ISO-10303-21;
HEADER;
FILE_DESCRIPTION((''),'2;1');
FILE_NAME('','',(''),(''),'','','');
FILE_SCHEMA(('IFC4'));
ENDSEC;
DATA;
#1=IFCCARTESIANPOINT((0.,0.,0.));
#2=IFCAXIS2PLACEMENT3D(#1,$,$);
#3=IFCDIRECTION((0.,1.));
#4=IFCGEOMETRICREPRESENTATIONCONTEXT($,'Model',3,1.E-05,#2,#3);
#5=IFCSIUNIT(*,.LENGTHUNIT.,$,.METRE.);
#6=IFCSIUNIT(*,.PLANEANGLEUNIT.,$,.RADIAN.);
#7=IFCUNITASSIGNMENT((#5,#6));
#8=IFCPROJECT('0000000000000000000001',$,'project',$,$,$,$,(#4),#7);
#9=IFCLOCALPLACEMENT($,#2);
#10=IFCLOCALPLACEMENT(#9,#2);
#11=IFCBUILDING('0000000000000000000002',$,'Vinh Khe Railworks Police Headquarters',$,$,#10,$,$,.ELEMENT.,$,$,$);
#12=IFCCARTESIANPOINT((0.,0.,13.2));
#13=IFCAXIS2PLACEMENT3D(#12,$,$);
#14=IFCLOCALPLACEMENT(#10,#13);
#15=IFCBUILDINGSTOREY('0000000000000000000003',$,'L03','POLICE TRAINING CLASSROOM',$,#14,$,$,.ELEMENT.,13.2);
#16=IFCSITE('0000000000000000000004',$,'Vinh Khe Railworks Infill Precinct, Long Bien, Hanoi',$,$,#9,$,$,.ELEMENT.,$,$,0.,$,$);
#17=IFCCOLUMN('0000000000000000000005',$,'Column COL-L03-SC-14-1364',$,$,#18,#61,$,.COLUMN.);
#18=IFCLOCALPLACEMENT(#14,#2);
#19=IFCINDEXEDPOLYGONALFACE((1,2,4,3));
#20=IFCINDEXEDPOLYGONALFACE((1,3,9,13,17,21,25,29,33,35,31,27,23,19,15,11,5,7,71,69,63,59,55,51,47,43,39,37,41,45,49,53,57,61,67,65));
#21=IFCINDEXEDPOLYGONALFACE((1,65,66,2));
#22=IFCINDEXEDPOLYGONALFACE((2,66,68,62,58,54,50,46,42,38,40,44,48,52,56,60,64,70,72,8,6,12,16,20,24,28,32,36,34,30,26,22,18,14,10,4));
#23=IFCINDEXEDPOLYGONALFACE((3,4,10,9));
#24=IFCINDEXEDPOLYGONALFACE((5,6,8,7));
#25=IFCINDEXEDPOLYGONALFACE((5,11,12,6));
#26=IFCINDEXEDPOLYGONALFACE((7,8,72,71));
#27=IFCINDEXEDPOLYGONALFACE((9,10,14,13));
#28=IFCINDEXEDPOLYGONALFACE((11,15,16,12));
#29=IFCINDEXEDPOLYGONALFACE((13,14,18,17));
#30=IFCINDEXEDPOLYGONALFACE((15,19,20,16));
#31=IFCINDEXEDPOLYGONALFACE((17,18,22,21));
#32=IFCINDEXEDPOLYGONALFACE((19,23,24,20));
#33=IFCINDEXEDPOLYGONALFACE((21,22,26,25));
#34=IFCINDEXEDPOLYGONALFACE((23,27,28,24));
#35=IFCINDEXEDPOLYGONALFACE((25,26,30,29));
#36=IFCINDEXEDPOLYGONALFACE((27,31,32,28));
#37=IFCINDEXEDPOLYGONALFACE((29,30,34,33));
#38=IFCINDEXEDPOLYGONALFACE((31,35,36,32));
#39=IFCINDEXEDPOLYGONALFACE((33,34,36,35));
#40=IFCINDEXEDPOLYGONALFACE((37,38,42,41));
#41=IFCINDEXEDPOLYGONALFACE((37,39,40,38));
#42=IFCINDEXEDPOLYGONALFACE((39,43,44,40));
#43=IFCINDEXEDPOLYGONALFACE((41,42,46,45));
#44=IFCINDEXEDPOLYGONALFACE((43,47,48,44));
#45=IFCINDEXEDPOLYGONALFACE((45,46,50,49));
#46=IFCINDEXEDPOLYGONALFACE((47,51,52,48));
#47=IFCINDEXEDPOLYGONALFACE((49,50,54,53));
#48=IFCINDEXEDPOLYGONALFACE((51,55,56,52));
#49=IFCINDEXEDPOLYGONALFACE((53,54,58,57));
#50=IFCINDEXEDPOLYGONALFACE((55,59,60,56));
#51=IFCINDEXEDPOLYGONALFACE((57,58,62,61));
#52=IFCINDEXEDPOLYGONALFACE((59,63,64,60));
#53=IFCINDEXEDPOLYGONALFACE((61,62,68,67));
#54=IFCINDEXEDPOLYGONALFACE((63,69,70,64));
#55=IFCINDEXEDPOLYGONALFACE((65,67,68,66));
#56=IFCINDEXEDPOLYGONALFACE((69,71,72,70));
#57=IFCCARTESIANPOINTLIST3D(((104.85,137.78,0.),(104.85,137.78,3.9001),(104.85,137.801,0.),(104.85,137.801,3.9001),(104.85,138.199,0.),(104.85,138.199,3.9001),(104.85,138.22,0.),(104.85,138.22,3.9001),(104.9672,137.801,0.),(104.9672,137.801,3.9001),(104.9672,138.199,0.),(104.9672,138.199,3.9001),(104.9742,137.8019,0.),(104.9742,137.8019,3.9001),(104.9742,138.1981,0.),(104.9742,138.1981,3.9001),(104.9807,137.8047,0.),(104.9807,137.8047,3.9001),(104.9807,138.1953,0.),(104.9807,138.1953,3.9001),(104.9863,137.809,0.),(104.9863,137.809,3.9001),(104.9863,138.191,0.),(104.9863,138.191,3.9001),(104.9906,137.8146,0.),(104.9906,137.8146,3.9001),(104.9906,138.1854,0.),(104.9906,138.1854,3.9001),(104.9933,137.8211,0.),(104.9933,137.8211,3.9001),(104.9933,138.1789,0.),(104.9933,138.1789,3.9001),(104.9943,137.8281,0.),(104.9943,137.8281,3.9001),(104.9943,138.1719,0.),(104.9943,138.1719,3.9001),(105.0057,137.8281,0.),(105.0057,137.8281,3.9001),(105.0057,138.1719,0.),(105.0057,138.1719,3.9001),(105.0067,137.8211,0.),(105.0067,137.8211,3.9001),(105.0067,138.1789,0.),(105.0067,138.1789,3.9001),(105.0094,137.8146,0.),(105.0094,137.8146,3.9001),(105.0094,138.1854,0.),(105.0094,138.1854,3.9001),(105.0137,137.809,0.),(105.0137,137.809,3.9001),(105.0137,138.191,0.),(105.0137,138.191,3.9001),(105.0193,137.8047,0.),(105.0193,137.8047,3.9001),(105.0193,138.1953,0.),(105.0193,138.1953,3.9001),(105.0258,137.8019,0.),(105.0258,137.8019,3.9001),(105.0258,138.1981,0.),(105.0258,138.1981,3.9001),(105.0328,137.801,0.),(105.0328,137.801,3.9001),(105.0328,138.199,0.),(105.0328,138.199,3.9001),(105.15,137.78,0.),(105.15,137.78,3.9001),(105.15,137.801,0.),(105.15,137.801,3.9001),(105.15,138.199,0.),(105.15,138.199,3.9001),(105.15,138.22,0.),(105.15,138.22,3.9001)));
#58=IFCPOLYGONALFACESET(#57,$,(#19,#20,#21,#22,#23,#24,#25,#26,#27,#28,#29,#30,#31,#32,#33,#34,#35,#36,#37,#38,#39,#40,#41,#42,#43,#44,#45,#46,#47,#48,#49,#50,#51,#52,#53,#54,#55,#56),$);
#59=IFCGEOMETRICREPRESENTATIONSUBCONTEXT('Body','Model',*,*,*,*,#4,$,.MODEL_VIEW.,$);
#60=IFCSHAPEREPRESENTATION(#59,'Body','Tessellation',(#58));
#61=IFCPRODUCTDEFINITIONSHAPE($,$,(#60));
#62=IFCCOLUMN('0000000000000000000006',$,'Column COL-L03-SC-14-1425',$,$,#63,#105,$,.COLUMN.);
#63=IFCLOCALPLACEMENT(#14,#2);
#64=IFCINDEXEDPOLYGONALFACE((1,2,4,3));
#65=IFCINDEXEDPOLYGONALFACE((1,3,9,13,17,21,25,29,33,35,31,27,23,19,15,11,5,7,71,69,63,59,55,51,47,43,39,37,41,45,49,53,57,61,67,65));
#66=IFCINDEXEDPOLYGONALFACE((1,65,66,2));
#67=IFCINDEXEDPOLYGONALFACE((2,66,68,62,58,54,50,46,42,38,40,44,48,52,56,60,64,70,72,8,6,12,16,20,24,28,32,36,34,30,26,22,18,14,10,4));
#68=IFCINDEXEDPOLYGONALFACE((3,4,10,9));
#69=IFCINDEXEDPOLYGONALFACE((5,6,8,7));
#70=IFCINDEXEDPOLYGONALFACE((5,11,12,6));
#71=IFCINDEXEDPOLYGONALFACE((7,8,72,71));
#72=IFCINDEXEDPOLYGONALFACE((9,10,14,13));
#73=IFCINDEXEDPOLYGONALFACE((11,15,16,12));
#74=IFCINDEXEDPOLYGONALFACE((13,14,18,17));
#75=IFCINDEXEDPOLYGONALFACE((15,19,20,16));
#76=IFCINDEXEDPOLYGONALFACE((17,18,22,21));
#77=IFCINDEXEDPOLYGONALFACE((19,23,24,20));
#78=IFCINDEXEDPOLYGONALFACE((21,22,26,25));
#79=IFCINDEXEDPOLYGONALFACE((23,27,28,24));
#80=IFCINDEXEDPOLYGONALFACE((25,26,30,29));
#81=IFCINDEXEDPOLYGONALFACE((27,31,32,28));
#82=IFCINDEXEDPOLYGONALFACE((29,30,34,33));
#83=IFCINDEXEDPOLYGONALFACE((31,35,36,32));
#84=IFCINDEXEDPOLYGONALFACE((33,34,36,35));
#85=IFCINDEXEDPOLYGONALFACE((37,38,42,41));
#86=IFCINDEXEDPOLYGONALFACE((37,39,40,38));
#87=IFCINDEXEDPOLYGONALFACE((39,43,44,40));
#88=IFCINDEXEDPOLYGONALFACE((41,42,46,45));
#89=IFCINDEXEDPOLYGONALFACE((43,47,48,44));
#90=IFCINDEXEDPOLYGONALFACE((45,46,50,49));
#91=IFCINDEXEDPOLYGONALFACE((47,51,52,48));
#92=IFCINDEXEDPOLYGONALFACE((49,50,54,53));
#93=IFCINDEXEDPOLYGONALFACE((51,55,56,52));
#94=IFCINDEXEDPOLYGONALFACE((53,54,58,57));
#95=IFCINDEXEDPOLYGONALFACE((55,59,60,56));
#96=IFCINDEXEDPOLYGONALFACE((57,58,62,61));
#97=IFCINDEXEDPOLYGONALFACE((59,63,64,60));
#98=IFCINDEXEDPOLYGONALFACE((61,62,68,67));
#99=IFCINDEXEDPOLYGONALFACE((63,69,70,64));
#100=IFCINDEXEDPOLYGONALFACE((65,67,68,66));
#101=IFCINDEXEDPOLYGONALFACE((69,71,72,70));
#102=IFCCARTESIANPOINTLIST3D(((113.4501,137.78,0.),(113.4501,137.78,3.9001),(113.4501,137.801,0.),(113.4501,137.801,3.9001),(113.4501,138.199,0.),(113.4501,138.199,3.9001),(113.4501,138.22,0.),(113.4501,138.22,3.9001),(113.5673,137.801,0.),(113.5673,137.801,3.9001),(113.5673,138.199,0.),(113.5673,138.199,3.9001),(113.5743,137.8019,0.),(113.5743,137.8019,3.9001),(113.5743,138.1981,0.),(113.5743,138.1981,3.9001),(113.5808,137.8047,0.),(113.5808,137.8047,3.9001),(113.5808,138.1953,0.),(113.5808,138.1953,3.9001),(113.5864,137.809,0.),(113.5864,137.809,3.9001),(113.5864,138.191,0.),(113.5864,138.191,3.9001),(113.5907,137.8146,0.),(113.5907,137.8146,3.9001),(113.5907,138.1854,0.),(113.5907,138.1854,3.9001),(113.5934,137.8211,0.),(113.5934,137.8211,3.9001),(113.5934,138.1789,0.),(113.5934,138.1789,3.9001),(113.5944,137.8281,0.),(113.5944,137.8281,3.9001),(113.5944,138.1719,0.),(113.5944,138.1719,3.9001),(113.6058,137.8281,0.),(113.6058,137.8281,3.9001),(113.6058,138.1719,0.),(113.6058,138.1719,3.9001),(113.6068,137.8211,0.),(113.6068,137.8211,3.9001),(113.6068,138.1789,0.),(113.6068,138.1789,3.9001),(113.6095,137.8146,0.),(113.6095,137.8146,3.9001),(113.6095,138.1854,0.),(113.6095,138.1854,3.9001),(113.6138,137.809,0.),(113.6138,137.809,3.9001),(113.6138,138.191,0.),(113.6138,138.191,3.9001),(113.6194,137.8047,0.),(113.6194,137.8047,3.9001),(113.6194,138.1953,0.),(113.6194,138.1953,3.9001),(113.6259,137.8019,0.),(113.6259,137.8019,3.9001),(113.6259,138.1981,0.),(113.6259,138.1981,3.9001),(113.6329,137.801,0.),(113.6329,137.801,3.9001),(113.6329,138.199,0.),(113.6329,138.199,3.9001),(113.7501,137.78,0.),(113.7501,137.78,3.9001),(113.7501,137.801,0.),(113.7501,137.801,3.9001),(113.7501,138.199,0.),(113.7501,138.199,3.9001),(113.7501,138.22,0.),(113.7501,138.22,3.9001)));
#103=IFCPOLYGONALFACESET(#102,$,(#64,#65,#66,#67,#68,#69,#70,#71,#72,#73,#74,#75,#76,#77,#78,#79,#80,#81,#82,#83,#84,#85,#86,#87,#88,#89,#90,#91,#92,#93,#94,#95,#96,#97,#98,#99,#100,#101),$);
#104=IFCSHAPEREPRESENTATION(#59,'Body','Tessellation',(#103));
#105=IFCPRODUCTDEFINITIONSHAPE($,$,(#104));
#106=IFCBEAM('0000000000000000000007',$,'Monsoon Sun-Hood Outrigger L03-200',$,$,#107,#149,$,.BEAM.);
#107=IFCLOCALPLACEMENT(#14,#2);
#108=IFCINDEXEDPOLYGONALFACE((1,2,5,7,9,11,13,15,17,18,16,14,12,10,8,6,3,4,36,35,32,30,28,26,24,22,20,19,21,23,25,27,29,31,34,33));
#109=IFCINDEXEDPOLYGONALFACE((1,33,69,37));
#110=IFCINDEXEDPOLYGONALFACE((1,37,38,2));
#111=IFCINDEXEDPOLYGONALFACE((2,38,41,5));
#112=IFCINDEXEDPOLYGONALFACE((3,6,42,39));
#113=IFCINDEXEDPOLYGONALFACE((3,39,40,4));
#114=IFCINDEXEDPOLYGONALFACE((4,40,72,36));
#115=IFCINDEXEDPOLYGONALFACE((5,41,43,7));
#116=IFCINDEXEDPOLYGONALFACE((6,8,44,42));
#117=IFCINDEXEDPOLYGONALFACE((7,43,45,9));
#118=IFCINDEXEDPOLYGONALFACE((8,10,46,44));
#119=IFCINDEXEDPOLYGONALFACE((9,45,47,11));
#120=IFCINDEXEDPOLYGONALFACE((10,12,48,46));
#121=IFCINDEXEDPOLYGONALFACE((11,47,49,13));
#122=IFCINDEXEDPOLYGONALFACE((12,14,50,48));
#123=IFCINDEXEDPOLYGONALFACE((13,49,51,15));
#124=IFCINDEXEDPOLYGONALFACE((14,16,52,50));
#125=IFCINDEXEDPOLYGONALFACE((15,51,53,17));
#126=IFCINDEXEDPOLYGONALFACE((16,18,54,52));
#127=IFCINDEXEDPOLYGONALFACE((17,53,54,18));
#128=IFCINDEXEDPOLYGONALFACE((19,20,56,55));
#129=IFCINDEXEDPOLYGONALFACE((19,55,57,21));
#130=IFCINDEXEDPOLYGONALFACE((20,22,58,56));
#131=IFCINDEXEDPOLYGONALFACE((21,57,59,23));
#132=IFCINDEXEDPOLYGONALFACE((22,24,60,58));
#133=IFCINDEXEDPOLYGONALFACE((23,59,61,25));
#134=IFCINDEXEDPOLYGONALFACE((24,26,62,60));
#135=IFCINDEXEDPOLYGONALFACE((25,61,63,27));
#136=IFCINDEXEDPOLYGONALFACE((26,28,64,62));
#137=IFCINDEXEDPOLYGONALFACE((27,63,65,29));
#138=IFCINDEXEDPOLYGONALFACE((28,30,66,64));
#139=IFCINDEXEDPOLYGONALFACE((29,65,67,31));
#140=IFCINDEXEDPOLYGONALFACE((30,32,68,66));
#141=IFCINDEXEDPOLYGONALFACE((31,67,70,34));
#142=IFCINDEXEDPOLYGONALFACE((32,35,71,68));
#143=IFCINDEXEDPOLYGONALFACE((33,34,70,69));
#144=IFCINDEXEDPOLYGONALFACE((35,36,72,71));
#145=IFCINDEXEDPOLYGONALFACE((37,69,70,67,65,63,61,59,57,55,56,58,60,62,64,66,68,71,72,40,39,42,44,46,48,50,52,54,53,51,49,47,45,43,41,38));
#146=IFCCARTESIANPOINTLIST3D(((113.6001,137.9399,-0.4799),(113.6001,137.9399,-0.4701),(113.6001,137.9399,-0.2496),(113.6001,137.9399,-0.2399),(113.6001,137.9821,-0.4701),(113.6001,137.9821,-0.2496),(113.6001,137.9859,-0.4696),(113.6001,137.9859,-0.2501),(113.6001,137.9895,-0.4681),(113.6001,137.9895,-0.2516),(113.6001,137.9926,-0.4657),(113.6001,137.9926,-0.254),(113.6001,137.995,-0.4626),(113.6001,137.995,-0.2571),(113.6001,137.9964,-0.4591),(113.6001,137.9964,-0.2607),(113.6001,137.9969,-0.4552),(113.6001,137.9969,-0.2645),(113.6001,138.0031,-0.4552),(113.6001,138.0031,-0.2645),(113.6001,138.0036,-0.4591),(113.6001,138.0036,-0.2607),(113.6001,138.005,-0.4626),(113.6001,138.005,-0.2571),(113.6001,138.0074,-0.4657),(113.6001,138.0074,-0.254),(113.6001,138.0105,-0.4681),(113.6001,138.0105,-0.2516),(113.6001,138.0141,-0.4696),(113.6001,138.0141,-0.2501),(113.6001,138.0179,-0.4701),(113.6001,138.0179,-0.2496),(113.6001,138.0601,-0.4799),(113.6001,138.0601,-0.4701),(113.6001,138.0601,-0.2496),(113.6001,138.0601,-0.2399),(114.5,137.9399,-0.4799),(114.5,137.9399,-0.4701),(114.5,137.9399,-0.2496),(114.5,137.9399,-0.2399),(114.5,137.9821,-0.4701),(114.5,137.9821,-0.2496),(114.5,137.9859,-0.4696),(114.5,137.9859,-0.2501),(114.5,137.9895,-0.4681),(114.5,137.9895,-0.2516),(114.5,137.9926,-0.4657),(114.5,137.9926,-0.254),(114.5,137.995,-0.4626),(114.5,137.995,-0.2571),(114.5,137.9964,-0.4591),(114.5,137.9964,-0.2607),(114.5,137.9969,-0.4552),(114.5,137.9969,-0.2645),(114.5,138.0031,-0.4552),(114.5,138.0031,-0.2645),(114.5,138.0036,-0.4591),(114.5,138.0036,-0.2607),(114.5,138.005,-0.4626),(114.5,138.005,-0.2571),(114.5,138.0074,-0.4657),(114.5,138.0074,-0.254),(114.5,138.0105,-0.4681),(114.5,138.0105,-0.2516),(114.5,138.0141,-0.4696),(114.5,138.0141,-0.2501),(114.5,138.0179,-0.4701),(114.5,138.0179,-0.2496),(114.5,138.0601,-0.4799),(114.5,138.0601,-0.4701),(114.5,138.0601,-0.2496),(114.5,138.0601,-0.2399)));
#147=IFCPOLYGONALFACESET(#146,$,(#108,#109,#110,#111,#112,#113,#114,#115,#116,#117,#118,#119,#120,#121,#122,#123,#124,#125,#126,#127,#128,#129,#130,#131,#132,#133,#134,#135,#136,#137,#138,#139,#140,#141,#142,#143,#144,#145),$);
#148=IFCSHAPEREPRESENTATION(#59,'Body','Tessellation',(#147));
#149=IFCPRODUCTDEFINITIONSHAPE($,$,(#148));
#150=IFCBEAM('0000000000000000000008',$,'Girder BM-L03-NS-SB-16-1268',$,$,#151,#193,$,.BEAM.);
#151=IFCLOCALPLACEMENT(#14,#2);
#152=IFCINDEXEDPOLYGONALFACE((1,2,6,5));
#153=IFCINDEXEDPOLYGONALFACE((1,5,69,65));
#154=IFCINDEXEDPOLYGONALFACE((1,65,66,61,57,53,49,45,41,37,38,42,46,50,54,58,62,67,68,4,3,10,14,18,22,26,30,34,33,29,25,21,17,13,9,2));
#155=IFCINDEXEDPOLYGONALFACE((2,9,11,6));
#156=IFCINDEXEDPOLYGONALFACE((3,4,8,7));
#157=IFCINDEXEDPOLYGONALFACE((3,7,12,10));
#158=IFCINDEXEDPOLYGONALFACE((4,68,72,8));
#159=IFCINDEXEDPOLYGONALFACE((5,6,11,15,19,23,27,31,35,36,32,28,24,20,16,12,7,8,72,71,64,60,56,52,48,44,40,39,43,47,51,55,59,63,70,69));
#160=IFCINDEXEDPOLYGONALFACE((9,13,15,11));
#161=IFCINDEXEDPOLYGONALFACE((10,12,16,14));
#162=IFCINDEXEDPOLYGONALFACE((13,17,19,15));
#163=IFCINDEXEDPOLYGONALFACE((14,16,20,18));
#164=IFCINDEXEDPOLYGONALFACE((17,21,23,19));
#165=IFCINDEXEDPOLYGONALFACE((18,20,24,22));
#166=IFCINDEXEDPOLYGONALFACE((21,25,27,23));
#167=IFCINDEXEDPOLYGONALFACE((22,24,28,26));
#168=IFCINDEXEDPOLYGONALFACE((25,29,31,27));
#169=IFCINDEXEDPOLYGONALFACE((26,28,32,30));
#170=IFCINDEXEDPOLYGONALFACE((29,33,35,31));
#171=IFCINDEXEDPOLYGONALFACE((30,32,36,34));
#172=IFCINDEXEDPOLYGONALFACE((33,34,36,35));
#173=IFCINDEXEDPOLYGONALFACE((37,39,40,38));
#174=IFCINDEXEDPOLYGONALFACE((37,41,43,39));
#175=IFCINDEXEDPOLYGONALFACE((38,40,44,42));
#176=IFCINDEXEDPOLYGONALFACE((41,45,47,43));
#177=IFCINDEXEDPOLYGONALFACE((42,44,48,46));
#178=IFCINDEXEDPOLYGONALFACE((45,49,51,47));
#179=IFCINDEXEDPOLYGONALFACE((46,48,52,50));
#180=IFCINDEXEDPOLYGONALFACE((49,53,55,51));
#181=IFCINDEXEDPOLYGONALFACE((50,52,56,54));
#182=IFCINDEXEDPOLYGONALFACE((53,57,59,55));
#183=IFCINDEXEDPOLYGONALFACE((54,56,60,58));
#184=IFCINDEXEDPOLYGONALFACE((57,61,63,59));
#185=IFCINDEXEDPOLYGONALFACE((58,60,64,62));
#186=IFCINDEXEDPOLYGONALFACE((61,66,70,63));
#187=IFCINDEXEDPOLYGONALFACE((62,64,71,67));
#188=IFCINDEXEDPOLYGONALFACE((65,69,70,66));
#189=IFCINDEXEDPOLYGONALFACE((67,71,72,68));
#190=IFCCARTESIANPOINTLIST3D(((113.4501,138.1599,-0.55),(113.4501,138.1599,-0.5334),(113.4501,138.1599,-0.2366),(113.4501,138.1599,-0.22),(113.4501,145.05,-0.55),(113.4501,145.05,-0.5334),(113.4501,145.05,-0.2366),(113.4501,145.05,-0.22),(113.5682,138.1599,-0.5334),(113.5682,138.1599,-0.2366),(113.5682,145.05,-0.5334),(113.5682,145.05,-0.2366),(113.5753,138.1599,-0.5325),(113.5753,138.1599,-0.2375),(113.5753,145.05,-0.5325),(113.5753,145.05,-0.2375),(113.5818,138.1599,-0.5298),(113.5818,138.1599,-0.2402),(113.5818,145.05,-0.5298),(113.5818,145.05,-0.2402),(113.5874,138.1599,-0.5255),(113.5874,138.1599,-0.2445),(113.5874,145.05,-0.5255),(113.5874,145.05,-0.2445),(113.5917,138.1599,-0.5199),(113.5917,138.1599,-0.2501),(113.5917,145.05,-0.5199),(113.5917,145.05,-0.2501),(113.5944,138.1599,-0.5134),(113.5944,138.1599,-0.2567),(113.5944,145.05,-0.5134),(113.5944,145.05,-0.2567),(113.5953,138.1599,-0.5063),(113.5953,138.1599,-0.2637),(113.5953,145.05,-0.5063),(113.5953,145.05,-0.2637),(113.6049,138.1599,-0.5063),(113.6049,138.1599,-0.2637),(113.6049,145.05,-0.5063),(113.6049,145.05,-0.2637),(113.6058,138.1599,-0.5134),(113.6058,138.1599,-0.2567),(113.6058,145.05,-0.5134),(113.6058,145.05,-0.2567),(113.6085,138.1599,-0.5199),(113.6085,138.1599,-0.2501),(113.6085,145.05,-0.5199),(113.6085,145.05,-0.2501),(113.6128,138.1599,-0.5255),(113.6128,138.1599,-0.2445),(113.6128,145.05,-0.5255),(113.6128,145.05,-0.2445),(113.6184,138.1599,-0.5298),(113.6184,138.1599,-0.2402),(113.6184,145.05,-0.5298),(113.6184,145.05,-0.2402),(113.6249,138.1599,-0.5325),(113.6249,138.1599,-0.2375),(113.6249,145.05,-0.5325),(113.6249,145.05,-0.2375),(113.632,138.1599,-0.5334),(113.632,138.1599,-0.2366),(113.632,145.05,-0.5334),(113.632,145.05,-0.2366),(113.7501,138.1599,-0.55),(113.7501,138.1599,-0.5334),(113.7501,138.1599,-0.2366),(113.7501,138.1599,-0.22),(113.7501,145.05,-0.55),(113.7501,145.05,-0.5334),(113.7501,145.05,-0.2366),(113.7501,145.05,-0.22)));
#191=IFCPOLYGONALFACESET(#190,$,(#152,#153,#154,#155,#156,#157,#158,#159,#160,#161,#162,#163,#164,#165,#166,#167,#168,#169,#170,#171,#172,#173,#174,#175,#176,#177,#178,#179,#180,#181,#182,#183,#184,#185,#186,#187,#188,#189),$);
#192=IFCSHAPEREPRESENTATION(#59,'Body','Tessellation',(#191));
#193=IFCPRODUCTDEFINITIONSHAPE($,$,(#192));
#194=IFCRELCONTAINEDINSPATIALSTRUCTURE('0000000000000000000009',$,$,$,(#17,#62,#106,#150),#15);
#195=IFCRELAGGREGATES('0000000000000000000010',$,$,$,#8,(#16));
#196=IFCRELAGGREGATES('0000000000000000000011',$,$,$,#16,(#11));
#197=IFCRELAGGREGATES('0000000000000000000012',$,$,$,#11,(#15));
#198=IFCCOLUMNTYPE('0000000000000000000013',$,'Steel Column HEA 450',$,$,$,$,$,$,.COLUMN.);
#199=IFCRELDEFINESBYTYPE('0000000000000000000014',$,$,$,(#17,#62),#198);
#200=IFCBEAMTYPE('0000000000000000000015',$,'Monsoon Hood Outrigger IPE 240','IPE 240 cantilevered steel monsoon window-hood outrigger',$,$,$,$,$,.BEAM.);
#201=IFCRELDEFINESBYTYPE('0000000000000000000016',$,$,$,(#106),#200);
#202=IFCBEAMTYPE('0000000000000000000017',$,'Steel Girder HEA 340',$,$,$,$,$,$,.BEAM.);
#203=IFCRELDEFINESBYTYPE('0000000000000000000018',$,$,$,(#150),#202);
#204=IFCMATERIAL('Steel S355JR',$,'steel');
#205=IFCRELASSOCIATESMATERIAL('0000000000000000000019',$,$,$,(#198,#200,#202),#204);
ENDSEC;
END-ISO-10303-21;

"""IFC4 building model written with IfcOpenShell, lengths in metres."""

from ifc_helpers import new_model, si_unit, direction, frame, origin, origin_2d, place, context, subcontext, project, spatial, i_section, extrude, material, material_profile, profile_set, type_object, element, save


model = new_model("IFC4")

# Units and contexts
model_context = context("Model", 3, precision=1e-05, world=origin(), true_north=direction((0.0, 1.0)))
body_context = subcontext(model_context, "Body", "Model", "MODEL_VIEW")
ifc_project = project(units=[si_unit("LENGTHUNIT", "METRE"), si_unit("PLANEANGLEUNIT", "RADIAN")], contexts=[model_context])

# Site, building, storey
site_placement = place(None, origin())
site = spatial("IfcSite", under=ifc_project, at=site_placement, Name="Vinh Khe Railworks Infill Precinct, Long Bien, Hanoi", CompositionType="ELEMENT", RefElevation=0.0)
building_placement = place(site_placement, origin())
building = spatial("IfcBuilding", under=site, at=building_placement, Name="Vinh Khe Railworks Police Headquarters", CompositionType="ELEMENT")
storey_placement = place(building_placement, frame((0.0, 0.0, 13.2)))
storey = spatial("IfcBuildingStorey", under=building, at=storey_placement, Name="L03", Description="POLICE TRAINING CLASSROOM", CompositionType="ELEMENT", Elevation=13.2)

# Columns
ifc_material_1 = material(Name="Steel S355JR", Category="steel")
ifc_material_profile_1 = material_profile(ifc_material_1, i_section(OverallWidth=0.3, OverallDepth=0.4399, WebThickness=0.0115, FlangeThickness=0.021, FilletRadius=0.0271, at=origin_2d()), Name="HEA 450")
ifc_profile_set_1 = profile_set([ifc_material_profile_1], Name="Steel S355JR")
column_type = type_object("IfcColumnType", Name="Steel Column HEA 450", PredefinedType="COLUMN", material=ifc_profile_set_1)
for number, where, z_axis, x_axis, name in (
    (1, (105.0, 138.0, 0.0), (0.0, 0.0, 1.0), (1.0, 0.0, 0.0), "Column COL-L03-SC-14-1364"),
    (2, (113.6001, 138.0, 0.0), (0.0, 0.0, 1.0), (1.0, 0.0, 0.0), "Column COL-L03-SC-14-1425"),
):
    element("IfcColumn", number, at=place(storey_placement, frame(where, z_axis=z_axis, x_axis=x_axis)), inside=storey, type_object=column_type, Name=name, PredefinedType="COLUMN", context=body_context, shape_type="SweptSolid", body=[
        extrude(i_section(OverallWidth=0.3, OverallDepth=0.4399, WebThickness=0.0115, FlangeThickness=0.021, FilletRadius=0.0271, at=origin_2d()), origin(), (0.0, 0.0, 1.0), 3.9001),
    ])

# Beams
ifc_material_profile_2 = material_profile(ifc_material_1, i_section(OverallWidth=0.1201, OverallDepth=0.24, WebThickness=0.0061, FlangeThickness=0.0098, FilletRadius=0.0149, at=origin_2d()), Name="IPE 240")
ifc_profile_set_2 = profile_set([ifc_material_profile_2], Name="Steel S355JR")
beam_type_1 = type_object("IfcBeamType", Name="Monsoon Hood Outrigger IPE 240", Description="IPE 240 cantilevered steel monsoon window-hood outrigger", PredefinedType="BEAM", material=ifc_profile_set_2)
beam_1_placement = place(storey_placement, frame((113.6001, 138.0, -0.3599), z_axis=(1.0, 0.0, 0.0), x_axis=(0.0, 1.0, 0.0)))
element("IfcBeam", 3, at=beam_1_placement, inside=storey, type_object=beam_type_1, Name="Monsoon Sun-Hood Outrigger L03-200", PredefinedType="BEAM", context=body_context, shape_type="SweptSolid", body=[
    extrude(i_section(OverallWidth=0.1201, OverallDepth=0.24, WebThickness=0.0061, FlangeThickness=0.0098, FilletRadius=0.0149, at=origin_2d()), origin(), (0.0, 0.0, 1.0), 0.8999),
])
ifc_material_profile_3 = material_profile(ifc_material_1, i_section(OverallWidth=0.3, OverallDepth=0.3301, WebThickness=0.0095, FlangeThickness=0.0166, FilletRadius=0.0271, at=origin_2d()), Name="HEA 340")
ifc_profile_set_3 = profile_set([ifc_material_profile_3], Name="Steel S355JR")
beam_type_2 = type_object("IfcBeamType", Name="Steel Girder HEA 340", PredefinedType="BEAM", material=ifc_profile_set_3)
beam_2_placement = place(storey_placement, frame((113.6001, 138.1599, -0.385), z_axis=(0.0, 1.0, 0.0), x_axis=(-1.0, 0.0, 0.0)))
element("IfcBeam", 4, at=beam_2_placement, inside=storey, type_object=beam_type_2, Name="Girder BM-L03-NS-SB-16-1268", PredefinedType="BEAM", context=body_context, shape_type="SweptSolid", body=[
    extrude(i_section(OverallWidth=0.3, OverallDepth=0.3301, WebThickness=0.0095, FlangeThickness=0.0166, FilletRadius=0.0271, at=origin_2d()), origin(), (0.0, 0.0, 1.0), 6.8901),
])

save(model, "model.ifc")
